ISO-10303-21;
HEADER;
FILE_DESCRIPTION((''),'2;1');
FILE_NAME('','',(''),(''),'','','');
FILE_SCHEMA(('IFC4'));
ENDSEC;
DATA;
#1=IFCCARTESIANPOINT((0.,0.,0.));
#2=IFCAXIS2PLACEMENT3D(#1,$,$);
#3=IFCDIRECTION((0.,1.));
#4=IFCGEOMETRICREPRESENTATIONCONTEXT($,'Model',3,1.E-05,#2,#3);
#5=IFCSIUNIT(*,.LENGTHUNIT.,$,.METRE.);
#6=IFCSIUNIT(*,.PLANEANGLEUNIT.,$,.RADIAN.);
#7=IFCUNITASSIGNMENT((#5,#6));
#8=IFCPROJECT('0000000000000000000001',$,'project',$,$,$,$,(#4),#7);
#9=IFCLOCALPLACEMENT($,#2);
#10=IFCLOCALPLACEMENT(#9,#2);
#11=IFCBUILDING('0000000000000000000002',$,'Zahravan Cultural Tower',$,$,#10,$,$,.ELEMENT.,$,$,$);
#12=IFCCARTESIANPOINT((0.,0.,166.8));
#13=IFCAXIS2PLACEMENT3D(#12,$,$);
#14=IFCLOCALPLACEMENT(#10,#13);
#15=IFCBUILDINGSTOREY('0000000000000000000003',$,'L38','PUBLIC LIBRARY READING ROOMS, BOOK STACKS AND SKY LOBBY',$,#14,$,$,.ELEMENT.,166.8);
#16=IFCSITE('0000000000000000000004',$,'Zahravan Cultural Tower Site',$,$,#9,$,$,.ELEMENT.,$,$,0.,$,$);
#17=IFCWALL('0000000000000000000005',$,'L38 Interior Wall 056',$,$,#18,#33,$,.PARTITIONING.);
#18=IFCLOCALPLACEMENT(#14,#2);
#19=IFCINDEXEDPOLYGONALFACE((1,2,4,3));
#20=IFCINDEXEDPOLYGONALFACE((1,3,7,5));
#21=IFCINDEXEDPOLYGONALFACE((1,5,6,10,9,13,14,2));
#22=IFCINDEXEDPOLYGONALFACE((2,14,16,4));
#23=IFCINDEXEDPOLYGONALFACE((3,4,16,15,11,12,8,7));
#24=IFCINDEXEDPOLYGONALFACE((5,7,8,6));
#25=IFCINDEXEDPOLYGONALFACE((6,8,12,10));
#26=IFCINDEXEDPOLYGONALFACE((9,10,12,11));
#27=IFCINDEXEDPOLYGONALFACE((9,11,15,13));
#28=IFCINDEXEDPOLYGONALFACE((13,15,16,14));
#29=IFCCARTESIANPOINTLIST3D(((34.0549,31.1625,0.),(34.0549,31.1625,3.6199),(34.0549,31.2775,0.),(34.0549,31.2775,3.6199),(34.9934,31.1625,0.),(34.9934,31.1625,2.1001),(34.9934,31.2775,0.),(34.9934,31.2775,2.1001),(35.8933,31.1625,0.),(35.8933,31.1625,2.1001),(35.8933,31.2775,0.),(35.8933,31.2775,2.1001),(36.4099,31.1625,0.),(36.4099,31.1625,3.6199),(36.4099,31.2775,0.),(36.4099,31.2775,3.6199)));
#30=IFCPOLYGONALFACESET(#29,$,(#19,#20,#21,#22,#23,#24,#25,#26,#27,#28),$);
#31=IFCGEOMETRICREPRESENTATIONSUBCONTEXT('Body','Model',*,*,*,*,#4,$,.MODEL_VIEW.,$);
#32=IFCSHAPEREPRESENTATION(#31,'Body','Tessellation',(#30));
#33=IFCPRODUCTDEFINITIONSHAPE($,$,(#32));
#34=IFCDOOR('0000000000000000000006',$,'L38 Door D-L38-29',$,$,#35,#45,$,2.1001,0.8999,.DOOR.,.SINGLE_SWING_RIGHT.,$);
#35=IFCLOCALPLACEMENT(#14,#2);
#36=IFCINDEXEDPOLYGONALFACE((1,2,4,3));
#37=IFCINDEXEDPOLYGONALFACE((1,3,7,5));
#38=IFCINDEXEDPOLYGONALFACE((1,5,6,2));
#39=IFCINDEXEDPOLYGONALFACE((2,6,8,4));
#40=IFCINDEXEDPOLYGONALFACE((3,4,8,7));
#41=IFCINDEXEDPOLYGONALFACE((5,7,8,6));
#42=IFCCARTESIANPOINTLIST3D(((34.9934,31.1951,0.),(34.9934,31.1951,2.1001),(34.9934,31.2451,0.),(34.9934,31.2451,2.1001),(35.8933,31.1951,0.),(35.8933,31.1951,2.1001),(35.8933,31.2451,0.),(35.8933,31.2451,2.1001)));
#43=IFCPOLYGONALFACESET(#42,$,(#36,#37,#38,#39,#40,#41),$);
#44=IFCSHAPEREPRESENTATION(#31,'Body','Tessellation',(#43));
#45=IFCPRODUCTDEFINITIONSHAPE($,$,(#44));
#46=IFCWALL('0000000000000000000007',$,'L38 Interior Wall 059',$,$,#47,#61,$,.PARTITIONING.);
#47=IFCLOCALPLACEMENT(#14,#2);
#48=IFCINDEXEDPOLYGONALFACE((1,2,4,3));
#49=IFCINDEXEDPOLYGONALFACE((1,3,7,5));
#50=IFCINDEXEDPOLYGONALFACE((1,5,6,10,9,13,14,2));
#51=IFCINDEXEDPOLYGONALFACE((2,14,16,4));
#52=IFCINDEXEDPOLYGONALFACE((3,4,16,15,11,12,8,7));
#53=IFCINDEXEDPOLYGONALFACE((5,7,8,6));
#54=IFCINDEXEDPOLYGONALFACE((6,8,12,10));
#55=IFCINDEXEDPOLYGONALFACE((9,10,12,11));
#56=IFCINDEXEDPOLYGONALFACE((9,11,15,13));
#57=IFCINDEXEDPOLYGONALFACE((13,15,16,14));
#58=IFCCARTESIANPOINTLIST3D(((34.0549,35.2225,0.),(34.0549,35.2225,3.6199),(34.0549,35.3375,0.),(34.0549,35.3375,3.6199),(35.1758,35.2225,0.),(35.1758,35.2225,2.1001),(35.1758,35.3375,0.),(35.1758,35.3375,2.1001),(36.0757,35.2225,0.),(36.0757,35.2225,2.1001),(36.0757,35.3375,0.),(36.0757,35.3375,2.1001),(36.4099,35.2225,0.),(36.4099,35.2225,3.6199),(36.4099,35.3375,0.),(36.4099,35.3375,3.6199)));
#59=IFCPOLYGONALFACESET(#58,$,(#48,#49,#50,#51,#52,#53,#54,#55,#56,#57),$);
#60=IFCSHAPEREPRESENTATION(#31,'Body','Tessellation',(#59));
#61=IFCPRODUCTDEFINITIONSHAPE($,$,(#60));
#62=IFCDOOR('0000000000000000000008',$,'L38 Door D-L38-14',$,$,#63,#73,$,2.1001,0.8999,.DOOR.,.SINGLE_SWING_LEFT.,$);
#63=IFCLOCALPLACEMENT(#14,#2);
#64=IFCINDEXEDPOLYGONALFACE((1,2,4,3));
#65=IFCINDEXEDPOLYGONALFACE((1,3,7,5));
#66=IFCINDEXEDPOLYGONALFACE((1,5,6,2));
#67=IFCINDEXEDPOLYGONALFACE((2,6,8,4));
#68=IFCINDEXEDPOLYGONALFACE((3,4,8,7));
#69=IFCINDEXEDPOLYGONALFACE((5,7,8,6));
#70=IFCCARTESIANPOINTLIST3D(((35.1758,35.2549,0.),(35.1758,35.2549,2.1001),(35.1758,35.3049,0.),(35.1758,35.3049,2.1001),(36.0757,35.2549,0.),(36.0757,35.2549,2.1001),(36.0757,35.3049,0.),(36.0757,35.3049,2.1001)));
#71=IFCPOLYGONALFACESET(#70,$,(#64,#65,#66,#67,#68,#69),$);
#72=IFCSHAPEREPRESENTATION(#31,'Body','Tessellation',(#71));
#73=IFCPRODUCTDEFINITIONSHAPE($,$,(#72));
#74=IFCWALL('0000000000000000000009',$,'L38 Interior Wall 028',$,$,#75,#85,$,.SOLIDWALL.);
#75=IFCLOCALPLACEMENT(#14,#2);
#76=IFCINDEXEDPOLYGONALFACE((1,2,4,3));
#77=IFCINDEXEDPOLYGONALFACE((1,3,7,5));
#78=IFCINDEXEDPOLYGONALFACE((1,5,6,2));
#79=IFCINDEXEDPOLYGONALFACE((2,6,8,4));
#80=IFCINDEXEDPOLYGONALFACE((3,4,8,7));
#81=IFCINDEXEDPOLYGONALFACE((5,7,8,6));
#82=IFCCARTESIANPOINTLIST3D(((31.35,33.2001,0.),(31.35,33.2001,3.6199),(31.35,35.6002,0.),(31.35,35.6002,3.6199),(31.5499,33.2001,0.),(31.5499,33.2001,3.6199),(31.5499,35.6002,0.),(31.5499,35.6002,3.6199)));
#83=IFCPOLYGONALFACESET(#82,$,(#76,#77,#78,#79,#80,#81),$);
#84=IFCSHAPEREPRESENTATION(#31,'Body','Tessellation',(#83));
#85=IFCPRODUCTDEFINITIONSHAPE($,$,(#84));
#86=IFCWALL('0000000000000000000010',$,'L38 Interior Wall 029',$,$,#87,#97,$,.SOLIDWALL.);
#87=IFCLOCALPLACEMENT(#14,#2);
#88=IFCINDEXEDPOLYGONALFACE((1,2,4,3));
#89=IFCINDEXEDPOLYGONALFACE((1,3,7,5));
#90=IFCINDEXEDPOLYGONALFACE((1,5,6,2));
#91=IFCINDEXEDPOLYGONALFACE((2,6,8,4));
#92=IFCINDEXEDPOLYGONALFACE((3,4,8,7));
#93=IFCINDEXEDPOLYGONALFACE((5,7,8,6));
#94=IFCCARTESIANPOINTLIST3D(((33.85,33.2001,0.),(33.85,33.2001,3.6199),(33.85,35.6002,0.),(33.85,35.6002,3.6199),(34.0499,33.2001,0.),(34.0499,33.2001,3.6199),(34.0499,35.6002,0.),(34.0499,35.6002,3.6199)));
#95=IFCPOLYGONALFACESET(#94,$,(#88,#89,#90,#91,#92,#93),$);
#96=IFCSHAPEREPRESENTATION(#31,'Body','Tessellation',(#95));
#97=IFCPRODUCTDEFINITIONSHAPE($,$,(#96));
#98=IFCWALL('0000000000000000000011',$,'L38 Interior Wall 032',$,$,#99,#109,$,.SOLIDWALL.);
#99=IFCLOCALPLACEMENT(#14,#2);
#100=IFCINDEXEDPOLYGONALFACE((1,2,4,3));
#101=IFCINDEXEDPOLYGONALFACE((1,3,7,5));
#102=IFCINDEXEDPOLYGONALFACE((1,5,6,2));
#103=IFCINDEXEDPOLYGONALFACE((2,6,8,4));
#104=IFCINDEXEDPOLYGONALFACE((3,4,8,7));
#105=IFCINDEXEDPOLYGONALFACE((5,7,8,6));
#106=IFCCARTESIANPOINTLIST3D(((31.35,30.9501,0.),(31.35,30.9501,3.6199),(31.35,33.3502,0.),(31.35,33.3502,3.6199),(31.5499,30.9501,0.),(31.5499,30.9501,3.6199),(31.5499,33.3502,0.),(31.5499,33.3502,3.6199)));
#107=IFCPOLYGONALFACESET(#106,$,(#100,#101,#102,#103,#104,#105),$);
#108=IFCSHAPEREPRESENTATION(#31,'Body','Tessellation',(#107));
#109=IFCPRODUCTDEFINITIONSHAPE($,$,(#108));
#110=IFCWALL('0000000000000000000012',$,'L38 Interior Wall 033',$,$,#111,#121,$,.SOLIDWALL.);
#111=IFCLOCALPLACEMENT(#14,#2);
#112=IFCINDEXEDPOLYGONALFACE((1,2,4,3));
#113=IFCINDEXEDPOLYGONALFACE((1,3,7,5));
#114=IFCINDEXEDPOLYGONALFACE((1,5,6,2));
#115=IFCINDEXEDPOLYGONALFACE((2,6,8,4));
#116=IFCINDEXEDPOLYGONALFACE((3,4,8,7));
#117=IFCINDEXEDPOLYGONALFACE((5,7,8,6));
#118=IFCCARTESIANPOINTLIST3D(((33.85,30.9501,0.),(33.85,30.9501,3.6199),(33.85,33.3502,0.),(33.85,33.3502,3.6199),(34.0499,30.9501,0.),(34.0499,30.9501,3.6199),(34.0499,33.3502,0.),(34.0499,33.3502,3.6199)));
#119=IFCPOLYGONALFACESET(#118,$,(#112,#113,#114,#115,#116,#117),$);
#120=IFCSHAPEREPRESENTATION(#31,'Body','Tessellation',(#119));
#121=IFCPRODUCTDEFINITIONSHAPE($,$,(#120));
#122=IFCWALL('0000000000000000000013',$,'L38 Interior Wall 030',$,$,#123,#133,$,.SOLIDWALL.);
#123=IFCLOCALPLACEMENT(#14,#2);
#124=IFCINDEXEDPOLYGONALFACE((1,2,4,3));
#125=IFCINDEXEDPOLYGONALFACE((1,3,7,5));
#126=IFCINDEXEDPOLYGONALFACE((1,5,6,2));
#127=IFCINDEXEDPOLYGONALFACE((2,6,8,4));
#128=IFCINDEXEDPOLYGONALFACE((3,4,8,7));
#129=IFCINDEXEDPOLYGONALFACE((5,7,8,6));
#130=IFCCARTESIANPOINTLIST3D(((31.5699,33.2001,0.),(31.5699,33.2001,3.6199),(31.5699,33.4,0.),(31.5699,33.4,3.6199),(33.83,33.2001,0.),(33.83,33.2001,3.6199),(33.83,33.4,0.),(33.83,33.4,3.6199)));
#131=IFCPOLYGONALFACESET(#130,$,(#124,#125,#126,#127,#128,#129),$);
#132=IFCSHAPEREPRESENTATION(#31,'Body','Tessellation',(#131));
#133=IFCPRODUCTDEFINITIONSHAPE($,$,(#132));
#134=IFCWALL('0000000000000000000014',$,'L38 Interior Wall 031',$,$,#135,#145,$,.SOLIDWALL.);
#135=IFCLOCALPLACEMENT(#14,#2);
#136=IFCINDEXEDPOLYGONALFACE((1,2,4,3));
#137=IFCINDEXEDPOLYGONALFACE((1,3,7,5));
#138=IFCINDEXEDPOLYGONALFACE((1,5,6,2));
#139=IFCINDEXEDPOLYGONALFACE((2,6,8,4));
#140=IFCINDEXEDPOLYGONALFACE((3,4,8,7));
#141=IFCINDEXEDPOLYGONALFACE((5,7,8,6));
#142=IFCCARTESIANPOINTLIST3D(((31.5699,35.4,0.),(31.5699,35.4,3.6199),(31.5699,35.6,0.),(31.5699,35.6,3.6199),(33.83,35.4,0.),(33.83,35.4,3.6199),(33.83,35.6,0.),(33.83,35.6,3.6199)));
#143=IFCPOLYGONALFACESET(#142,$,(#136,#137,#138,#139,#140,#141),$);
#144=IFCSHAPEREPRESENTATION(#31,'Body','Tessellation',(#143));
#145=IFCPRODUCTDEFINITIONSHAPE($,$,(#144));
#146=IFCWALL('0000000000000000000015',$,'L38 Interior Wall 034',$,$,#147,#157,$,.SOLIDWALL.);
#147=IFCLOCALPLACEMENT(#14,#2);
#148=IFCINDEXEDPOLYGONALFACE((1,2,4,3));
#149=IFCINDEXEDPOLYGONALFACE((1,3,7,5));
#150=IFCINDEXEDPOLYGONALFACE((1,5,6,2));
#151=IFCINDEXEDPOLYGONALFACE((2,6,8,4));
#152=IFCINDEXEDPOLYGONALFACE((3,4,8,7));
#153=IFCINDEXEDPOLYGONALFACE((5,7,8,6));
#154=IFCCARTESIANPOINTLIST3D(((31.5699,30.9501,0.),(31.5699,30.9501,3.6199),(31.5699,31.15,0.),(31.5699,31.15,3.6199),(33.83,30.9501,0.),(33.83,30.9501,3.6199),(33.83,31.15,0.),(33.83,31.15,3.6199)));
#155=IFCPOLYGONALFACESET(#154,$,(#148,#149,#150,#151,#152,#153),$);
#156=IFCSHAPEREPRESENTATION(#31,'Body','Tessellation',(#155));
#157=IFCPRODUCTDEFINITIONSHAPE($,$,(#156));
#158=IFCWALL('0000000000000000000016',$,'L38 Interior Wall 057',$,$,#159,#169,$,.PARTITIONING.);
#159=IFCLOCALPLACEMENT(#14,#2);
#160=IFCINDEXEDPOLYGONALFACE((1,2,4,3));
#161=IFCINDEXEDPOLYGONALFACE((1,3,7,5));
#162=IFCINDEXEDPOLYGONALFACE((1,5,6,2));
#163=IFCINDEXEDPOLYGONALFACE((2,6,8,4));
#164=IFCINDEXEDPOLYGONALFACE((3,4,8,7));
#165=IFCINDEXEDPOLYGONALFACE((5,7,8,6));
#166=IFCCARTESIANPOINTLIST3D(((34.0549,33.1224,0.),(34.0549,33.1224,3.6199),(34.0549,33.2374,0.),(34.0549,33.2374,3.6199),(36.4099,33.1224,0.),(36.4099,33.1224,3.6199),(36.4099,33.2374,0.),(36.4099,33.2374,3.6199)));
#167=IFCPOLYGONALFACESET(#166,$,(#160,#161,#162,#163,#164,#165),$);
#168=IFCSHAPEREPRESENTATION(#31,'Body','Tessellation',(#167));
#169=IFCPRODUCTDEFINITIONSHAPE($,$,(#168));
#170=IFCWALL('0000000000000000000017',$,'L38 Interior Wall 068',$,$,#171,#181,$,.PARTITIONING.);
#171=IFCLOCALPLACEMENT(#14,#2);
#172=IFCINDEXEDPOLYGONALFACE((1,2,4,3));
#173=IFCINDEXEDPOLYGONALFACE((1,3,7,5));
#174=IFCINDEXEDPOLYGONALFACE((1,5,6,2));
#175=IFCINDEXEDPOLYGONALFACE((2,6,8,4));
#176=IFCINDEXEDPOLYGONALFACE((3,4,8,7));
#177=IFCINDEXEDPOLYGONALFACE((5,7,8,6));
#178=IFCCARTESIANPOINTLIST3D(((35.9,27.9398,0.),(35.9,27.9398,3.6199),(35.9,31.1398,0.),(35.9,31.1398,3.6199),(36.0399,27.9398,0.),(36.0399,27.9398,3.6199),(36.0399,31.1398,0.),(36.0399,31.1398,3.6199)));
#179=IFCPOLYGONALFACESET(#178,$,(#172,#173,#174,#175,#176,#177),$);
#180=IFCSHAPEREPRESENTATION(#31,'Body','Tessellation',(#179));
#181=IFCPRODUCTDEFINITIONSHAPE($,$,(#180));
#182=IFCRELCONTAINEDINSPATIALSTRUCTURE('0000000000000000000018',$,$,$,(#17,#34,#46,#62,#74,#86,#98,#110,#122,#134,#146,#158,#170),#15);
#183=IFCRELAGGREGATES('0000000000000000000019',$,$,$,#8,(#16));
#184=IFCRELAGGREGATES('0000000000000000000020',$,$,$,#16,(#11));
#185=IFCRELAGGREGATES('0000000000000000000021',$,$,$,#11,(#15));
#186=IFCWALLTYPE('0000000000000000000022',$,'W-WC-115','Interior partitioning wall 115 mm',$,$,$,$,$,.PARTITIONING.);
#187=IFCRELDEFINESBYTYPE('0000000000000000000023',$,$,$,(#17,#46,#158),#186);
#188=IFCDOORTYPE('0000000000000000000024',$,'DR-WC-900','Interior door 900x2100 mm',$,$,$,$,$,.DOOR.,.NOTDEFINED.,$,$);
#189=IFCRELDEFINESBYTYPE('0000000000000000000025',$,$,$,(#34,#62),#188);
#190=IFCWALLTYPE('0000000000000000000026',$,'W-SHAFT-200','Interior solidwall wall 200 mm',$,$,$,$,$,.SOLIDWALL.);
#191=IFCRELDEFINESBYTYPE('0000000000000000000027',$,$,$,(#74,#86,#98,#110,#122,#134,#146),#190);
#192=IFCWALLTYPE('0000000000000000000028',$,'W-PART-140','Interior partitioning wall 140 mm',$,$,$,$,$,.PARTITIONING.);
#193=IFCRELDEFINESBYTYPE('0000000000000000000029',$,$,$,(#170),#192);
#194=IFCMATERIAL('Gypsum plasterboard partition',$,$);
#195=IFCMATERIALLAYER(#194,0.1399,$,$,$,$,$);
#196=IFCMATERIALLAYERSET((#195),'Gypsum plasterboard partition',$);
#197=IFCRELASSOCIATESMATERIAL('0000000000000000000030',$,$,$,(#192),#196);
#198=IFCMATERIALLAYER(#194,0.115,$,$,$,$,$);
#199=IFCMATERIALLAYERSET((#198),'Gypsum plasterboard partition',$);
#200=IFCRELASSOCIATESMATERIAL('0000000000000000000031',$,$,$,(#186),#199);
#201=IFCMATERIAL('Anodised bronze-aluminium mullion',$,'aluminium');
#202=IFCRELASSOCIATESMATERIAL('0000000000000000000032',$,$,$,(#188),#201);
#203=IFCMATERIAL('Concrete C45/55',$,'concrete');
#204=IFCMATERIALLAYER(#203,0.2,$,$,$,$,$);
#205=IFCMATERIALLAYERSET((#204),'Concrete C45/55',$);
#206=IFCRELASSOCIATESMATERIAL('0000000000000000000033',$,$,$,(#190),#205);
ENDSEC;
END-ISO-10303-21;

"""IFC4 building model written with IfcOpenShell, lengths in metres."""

from ifc_helpers import new_model, si_unit, direction, frame, frame_2d, origin, place, context, subcontext, project, spatial, rectangle, extrude, source, transform, mapped, material, layer, layer_set, type_object, element, fill, save


model = new_model("IFC4")

# Units and contexts
model_context = context("Model", 3, precision=1e-05, world=origin(), true_north=direction((0.0, 1.0)))
body_context = subcontext(model_context, "Body", "Model", "MODEL_VIEW")
ifc_project = project(units=[si_unit("LENGTHUNIT", "METRE"), si_unit("PLANEANGLEUNIT", "RADIAN")], contexts=[model_context])

# Site, building, storey
site_placement = place(None, origin())
site = spatial("IfcSite", under=ifc_project, at=site_placement, Name="Zahravan Cultural Tower Site", CompositionType="ELEMENT", RefElevation=0.0)
building_placement = place(site_placement, origin())
building = spatial("IfcBuilding", under=site, at=building_placement, Name="Zahravan Cultural Tower", CompositionType="ELEMENT")
storey_placement = place(building_placement, frame((0.0, 0.0, 166.8)))
storey = spatial("IfcBuildingStorey", under=building, at=storey_placement, Name="L38", Description="PUBLIC LIBRARY READING ROOMS, BOOK STACKS AND SKY LOBBY", CompositionType="ELEMENT", Elevation=166.8)

# Walls, openings, doors
ifc_material_1 = material(Name="Gypsum plasterboard partition")
ifc_layer_1 = layer(ifc_material_1, 0.1399)
ifc_layer_set_1 = layer_set([ifc_layer_1], Name="Gypsum plasterboard partition")
wall_type_1 = type_object("IfcWallType", Name="W-PART-140", Description="Interior partitioning wall 140 mm", PredefinedType="PARTITIONING", material=ifc_layer_set_1)
ifc_material_2 = material(Name="Anodised bronze-aluminium mullion", Category="aluminium")
ifc_layer_2 = layer(ifc_material_1, 0.115)
ifc_layer_set_2 = layer_set([ifc_layer_2], Name="Gypsum plasterboard partition")
wall_type_2 = type_object("IfcWallType", Name="W-WC-115", Description="Interior partitioning wall 115 mm", PredefinedType="PARTITIONING", material=ifc_layer_set_2)
wall_1_placement = place(storey_placement, frame((36.4099, 31.22, 0.0), z_axis=(0.0, 0.0, 1.0), x_axis=(-1.0, 0.0, 0.0)))
wall_1 = element("IfcWall", 1, at=wall_1_placement, inside=storey, type_object=wall_type_2, Name="L38 Interior Wall 056", PredefinedType="PARTITIONING", context=body_context, shape_type="SweptSolid", body=[
    extrude(rectangle(XDim=2.355, YDim=0.115, at=frame_2d((1.1775, 0.0))), origin(), (0.0, 0.0, 1.0), 3.6199),
])
opening_1_placement = place(wall_1_placement, frame((0.5166, 0.0, 0.0)))
opening_1 = element("IfcOpeningElement", 2, at=opening_1_placement, cuts=wall_1, PredefinedType="OPENING", context=body_context, shape_type="SweptSolid", body=[
    extrude(rectangle(XDim=0.8999, YDim=2.1001, at=frame_2d((0.45, 1.05))), frame((0.0, 0.0674, 0.0), z_axis=(0.0, -1.0, 0.0), x_axis=(1.0, 0.0, 0.0)), (0.0, 0.0, 1.0), 0.135),
])
door_type_1 = type_object("IfcDoorType", Name="DR-WC-900", Description="Interior door 900x2100 mm", OperationType="NOTDEFINED", PredefinedType="DOOR", material=ifc_material_2)
shared_shape_1 = source(origin(), body_context, "Body", "SweptSolid", [
    extrude(rectangle(XDim=0.8999, YDim=2.1001, at=frame_2d((0.45, 1.05))), frame((0.0, 0.0249, 0.0), z_axis=(0.0, -1.0, 0.0), x_axis=(1.0, 0.0, 0.0)), (0.0, 0.0, 1.0), 0.05),
])
door_1_placement = place(opening_1_placement, origin())
door_1 = element("IfcDoor", 3, at=door_1_placement, inside=storey, type_object=door_type_1, Name="L38 Door D-L38-29", OperationType="SINGLE_SWING_RIGHT", OverallHeight=2.1001, OverallWidth=0.8999, PredefinedType="DOOR", context=body_context, shape_type="MappedRepresentation", body=[
    mapped(shared_shape_1, transform((0.0, 0.0, 0.0), x_axis=(1.0, 0.0, 0.0), y_axis=(0.0, 1.0, 0.0), z_axis=(0.0, 0.0, 1.0), scale=1.0)),
])
fill(opening_1, door_1)
wall_2_placement = place(storey_placement, frame((34.0549, 35.28, 0.0), z_axis=(0.0, 0.0, 1.0), x_axis=(1.0, 0.0, 0.0)))
wall_2 = element("IfcWall", 4, at=wall_2_placement, inside=storey, type_object=wall_type_2, Name="L38 Interior Wall 059", PredefinedType="PARTITIONING", context=body_context, shape_type="SweptSolid", body=[
    extrude(rectangle(XDim=2.355, YDim=0.115, at=frame_2d((1.1775, 0.0))), origin(), (0.0, 0.0, 1.0), 3.6199),
])
opening_2_placement = place(wall_2_placement, frame((1.1208, 0.0, 0.0)))
opening_2 = element("IfcOpeningElement", 5, at=opening_2_placement, cuts=wall_2, PredefinedType="OPENING", context=body_context, shape_type="SweptSolid", body=[
    extrude(rectangle(XDim=0.8999, YDim=2.1001, at=frame_2d((0.45, 1.05))), frame((0.0, 0.0674, 0.0), z_axis=(0.0, -1.0, 0.0), x_axis=(1.0, 0.0, 0.0)), (0.0, 0.0, 1.0), 0.135),
])
door_2_placement = place(opening_2_placement, origin())
door_2 = element("IfcDoor", 6, at=door_2_placement, inside=storey, type_object=door_type_1, Name="L38 Door D-L38-14", OperationType="SINGLE_SWING_LEFT", OverallHeight=2.1001, OverallWidth=0.8999, PredefinedType="DOOR", context=body_context, shape_type="MappedRepresentation", body=[
    mapped(shared_shape_1, transform((0.0, 0.0, 0.0), x_axis=(1.0, 0.0, 0.0), y_axis=(0.0, 1.0, 0.0), z_axis=(0.0, 0.0, 1.0), scale=1.0)),
])
fill(opening_2, door_2)

# Walls
ifc_material_3 = material(Name="Concrete C45/55", Category="concrete")
ifc_layer_3 = layer(ifc_material_3, 0.2)
ifc_layer_set_3 = layer_set([ifc_layer_3], Name="Concrete C45/55")
wall_type_3 = type_object("IfcWallType", Name="W-SHAFT-200", Description="Interior solidwall wall 200 mm", PredefinedType="SOLIDWALL", material=ifc_layer_set_3)
shared_shape_2 = source(origin(), body_context, "Body", "SweptSolid", [
    extrude(rectangle(XDim=2.4001, YDim=0.2, at=frame_2d((1.2002, 0.0))), origin(), (0.0, 0.0, 1.0), 3.6199),
])
for number, where, z_axis, x_axis, name in (
    (7, (31.45, 33.2, 0.0), (0.0, 0.0, 1.0), (0.0, 1.0, 0.0), "L38 Interior Wall 028"),
    (8, (33.95, 33.2, 0.0), (0.0, 0.0, 1.0), (0.0, 1.0, 0.0), "L38 Interior Wall 029"),
    (9, (31.45, 30.95, 0.0), (0.0, 0.0, 1.0), (0.0, 1.0, 0.0), "L38 Interior Wall 032"),
    (10, (33.95, 30.95, 0.0), (0.0, 0.0, 1.0), (0.0, 1.0, 0.0), "L38 Interior Wall 033"),
):
    element("IfcWall", number, at=place(storey_placement, frame(where, z_axis=z_axis, x_axis=x_axis)), inside=storey, type_object=wall_type_3, Name=name, PredefinedType="SOLIDWALL", context=body_context, shape_type="MappedRepresentation", body=[
        mapped(shared_shape_2, transform((0.0, 0.0, 0.0), x_axis=(1.0, 0.0, 0.0), y_axis=(0.0, 1.0, 0.0), z_axis=(0.0, 0.0, 1.0), scale=1.0)),
    ])
shared_shape_3 = source(origin(), body_context, "Body", "SweptSolid", [
    extrude(rectangle(XDim=2.26, YDim=0.2, at=frame_2d((1.1299, 0.0))), origin(), (0.0, 0.0, 1.0), 3.6199),
])
for number, where, z_axis, x_axis, name in (
    (11, (31.5701, 33.3, 0.0), (0.0, 0.0, 1.0), (1.0, 0.0, 0.0), "L38 Interior Wall 030"),
    (12, (31.5701, 35.5, 0.0), (0.0, 0.0, 1.0), (1.0, 0.0, 0.0), "L38 Interior Wall 031"),
    (13, (31.5701, 31.05, 0.0), (0.0, 0.0, 1.0), (1.0, 0.0, 0.0), "L38 Interior Wall 034"),
):
    element("IfcWall", number, at=place(storey_placement, frame(where, z_axis=z_axis, x_axis=x_axis)), inside=storey, type_object=wall_type_3, Name=name, PredefinedType="SOLIDWALL", context=body_context, shape_type="MappedRepresentation", body=[
        mapped(shared_shape_3, transform((0.0, 0.0, 0.0), x_axis=(1.0, 0.0, 0.0), y_axis=(0.0, 1.0, 0.0), z_axis=(0.0, 0.0, 1.0), scale=1.0)),
    ])
shared_shape_4 = source(origin(), body_context, "Body", "SweptSolid", [
    extrude(rectangle(XDim=2.355, YDim=0.115, at=frame_2d((1.1775, 0.0))), origin(), (0.0, 0.0, 1.0), 3.6199),
])
wall_3_placement = place(storey_placement, frame((34.0549, 33.1799, 0.0), z_axis=(0.0, 0.0, 1.0), x_axis=(1.0, 0.0, 0.0)))
element("IfcWall", 14, at=wall_3_placement, inside=storey, type_object=wall_type_2, Name="L38 Interior Wall 057", PredefinedType="PARTITIONING", context=body_context, shape_type="MappedRepresentation", body=[
    mapped(shared_shape_4, transform((0.0, 0.0, 0.0), x_axis=(1.0, 0.0, 0.0), y_axis=(0.0, 1.0, 0.0), z_axis=(0.0, 0.0, 1.0), scale=1.0)),
])
shared_shape_5 = source(origin(), body_context, "Body", "SweptSolid", [
    extrude(rectangle(XDim=3.2, YDim=0.1399, at=frame_2d((1.6001, 0.0))), origin(), (0.0, 0.0, 1.0), 3.6199),
])
wall_4_placement = place(storey_placement, frame((35.97, 31.1399, 0.0), z_axis=(0.0, 0.0, 1.0), x_axis=(0.0, -1.0, 0.0)))
element("IfcWall", 15, at=wall_4_placement, inside=storey, type_object=wall_type_1, Name="L38 Interior Wall 068", PredefinedType="PARTITIONING", context=body_context, shape_type="MappedRepresentation", body=[
    mapped(shared_shape_5, transform((0.0, 0.0, 0.0), x_axis=(1.0, 0.0, 0.0), y_axis=(0.0, 1.0, 0.0), z_axis=(0.0, 0.0, 1.0), scale=1.0)),
])

save(model, "model.ifc")
